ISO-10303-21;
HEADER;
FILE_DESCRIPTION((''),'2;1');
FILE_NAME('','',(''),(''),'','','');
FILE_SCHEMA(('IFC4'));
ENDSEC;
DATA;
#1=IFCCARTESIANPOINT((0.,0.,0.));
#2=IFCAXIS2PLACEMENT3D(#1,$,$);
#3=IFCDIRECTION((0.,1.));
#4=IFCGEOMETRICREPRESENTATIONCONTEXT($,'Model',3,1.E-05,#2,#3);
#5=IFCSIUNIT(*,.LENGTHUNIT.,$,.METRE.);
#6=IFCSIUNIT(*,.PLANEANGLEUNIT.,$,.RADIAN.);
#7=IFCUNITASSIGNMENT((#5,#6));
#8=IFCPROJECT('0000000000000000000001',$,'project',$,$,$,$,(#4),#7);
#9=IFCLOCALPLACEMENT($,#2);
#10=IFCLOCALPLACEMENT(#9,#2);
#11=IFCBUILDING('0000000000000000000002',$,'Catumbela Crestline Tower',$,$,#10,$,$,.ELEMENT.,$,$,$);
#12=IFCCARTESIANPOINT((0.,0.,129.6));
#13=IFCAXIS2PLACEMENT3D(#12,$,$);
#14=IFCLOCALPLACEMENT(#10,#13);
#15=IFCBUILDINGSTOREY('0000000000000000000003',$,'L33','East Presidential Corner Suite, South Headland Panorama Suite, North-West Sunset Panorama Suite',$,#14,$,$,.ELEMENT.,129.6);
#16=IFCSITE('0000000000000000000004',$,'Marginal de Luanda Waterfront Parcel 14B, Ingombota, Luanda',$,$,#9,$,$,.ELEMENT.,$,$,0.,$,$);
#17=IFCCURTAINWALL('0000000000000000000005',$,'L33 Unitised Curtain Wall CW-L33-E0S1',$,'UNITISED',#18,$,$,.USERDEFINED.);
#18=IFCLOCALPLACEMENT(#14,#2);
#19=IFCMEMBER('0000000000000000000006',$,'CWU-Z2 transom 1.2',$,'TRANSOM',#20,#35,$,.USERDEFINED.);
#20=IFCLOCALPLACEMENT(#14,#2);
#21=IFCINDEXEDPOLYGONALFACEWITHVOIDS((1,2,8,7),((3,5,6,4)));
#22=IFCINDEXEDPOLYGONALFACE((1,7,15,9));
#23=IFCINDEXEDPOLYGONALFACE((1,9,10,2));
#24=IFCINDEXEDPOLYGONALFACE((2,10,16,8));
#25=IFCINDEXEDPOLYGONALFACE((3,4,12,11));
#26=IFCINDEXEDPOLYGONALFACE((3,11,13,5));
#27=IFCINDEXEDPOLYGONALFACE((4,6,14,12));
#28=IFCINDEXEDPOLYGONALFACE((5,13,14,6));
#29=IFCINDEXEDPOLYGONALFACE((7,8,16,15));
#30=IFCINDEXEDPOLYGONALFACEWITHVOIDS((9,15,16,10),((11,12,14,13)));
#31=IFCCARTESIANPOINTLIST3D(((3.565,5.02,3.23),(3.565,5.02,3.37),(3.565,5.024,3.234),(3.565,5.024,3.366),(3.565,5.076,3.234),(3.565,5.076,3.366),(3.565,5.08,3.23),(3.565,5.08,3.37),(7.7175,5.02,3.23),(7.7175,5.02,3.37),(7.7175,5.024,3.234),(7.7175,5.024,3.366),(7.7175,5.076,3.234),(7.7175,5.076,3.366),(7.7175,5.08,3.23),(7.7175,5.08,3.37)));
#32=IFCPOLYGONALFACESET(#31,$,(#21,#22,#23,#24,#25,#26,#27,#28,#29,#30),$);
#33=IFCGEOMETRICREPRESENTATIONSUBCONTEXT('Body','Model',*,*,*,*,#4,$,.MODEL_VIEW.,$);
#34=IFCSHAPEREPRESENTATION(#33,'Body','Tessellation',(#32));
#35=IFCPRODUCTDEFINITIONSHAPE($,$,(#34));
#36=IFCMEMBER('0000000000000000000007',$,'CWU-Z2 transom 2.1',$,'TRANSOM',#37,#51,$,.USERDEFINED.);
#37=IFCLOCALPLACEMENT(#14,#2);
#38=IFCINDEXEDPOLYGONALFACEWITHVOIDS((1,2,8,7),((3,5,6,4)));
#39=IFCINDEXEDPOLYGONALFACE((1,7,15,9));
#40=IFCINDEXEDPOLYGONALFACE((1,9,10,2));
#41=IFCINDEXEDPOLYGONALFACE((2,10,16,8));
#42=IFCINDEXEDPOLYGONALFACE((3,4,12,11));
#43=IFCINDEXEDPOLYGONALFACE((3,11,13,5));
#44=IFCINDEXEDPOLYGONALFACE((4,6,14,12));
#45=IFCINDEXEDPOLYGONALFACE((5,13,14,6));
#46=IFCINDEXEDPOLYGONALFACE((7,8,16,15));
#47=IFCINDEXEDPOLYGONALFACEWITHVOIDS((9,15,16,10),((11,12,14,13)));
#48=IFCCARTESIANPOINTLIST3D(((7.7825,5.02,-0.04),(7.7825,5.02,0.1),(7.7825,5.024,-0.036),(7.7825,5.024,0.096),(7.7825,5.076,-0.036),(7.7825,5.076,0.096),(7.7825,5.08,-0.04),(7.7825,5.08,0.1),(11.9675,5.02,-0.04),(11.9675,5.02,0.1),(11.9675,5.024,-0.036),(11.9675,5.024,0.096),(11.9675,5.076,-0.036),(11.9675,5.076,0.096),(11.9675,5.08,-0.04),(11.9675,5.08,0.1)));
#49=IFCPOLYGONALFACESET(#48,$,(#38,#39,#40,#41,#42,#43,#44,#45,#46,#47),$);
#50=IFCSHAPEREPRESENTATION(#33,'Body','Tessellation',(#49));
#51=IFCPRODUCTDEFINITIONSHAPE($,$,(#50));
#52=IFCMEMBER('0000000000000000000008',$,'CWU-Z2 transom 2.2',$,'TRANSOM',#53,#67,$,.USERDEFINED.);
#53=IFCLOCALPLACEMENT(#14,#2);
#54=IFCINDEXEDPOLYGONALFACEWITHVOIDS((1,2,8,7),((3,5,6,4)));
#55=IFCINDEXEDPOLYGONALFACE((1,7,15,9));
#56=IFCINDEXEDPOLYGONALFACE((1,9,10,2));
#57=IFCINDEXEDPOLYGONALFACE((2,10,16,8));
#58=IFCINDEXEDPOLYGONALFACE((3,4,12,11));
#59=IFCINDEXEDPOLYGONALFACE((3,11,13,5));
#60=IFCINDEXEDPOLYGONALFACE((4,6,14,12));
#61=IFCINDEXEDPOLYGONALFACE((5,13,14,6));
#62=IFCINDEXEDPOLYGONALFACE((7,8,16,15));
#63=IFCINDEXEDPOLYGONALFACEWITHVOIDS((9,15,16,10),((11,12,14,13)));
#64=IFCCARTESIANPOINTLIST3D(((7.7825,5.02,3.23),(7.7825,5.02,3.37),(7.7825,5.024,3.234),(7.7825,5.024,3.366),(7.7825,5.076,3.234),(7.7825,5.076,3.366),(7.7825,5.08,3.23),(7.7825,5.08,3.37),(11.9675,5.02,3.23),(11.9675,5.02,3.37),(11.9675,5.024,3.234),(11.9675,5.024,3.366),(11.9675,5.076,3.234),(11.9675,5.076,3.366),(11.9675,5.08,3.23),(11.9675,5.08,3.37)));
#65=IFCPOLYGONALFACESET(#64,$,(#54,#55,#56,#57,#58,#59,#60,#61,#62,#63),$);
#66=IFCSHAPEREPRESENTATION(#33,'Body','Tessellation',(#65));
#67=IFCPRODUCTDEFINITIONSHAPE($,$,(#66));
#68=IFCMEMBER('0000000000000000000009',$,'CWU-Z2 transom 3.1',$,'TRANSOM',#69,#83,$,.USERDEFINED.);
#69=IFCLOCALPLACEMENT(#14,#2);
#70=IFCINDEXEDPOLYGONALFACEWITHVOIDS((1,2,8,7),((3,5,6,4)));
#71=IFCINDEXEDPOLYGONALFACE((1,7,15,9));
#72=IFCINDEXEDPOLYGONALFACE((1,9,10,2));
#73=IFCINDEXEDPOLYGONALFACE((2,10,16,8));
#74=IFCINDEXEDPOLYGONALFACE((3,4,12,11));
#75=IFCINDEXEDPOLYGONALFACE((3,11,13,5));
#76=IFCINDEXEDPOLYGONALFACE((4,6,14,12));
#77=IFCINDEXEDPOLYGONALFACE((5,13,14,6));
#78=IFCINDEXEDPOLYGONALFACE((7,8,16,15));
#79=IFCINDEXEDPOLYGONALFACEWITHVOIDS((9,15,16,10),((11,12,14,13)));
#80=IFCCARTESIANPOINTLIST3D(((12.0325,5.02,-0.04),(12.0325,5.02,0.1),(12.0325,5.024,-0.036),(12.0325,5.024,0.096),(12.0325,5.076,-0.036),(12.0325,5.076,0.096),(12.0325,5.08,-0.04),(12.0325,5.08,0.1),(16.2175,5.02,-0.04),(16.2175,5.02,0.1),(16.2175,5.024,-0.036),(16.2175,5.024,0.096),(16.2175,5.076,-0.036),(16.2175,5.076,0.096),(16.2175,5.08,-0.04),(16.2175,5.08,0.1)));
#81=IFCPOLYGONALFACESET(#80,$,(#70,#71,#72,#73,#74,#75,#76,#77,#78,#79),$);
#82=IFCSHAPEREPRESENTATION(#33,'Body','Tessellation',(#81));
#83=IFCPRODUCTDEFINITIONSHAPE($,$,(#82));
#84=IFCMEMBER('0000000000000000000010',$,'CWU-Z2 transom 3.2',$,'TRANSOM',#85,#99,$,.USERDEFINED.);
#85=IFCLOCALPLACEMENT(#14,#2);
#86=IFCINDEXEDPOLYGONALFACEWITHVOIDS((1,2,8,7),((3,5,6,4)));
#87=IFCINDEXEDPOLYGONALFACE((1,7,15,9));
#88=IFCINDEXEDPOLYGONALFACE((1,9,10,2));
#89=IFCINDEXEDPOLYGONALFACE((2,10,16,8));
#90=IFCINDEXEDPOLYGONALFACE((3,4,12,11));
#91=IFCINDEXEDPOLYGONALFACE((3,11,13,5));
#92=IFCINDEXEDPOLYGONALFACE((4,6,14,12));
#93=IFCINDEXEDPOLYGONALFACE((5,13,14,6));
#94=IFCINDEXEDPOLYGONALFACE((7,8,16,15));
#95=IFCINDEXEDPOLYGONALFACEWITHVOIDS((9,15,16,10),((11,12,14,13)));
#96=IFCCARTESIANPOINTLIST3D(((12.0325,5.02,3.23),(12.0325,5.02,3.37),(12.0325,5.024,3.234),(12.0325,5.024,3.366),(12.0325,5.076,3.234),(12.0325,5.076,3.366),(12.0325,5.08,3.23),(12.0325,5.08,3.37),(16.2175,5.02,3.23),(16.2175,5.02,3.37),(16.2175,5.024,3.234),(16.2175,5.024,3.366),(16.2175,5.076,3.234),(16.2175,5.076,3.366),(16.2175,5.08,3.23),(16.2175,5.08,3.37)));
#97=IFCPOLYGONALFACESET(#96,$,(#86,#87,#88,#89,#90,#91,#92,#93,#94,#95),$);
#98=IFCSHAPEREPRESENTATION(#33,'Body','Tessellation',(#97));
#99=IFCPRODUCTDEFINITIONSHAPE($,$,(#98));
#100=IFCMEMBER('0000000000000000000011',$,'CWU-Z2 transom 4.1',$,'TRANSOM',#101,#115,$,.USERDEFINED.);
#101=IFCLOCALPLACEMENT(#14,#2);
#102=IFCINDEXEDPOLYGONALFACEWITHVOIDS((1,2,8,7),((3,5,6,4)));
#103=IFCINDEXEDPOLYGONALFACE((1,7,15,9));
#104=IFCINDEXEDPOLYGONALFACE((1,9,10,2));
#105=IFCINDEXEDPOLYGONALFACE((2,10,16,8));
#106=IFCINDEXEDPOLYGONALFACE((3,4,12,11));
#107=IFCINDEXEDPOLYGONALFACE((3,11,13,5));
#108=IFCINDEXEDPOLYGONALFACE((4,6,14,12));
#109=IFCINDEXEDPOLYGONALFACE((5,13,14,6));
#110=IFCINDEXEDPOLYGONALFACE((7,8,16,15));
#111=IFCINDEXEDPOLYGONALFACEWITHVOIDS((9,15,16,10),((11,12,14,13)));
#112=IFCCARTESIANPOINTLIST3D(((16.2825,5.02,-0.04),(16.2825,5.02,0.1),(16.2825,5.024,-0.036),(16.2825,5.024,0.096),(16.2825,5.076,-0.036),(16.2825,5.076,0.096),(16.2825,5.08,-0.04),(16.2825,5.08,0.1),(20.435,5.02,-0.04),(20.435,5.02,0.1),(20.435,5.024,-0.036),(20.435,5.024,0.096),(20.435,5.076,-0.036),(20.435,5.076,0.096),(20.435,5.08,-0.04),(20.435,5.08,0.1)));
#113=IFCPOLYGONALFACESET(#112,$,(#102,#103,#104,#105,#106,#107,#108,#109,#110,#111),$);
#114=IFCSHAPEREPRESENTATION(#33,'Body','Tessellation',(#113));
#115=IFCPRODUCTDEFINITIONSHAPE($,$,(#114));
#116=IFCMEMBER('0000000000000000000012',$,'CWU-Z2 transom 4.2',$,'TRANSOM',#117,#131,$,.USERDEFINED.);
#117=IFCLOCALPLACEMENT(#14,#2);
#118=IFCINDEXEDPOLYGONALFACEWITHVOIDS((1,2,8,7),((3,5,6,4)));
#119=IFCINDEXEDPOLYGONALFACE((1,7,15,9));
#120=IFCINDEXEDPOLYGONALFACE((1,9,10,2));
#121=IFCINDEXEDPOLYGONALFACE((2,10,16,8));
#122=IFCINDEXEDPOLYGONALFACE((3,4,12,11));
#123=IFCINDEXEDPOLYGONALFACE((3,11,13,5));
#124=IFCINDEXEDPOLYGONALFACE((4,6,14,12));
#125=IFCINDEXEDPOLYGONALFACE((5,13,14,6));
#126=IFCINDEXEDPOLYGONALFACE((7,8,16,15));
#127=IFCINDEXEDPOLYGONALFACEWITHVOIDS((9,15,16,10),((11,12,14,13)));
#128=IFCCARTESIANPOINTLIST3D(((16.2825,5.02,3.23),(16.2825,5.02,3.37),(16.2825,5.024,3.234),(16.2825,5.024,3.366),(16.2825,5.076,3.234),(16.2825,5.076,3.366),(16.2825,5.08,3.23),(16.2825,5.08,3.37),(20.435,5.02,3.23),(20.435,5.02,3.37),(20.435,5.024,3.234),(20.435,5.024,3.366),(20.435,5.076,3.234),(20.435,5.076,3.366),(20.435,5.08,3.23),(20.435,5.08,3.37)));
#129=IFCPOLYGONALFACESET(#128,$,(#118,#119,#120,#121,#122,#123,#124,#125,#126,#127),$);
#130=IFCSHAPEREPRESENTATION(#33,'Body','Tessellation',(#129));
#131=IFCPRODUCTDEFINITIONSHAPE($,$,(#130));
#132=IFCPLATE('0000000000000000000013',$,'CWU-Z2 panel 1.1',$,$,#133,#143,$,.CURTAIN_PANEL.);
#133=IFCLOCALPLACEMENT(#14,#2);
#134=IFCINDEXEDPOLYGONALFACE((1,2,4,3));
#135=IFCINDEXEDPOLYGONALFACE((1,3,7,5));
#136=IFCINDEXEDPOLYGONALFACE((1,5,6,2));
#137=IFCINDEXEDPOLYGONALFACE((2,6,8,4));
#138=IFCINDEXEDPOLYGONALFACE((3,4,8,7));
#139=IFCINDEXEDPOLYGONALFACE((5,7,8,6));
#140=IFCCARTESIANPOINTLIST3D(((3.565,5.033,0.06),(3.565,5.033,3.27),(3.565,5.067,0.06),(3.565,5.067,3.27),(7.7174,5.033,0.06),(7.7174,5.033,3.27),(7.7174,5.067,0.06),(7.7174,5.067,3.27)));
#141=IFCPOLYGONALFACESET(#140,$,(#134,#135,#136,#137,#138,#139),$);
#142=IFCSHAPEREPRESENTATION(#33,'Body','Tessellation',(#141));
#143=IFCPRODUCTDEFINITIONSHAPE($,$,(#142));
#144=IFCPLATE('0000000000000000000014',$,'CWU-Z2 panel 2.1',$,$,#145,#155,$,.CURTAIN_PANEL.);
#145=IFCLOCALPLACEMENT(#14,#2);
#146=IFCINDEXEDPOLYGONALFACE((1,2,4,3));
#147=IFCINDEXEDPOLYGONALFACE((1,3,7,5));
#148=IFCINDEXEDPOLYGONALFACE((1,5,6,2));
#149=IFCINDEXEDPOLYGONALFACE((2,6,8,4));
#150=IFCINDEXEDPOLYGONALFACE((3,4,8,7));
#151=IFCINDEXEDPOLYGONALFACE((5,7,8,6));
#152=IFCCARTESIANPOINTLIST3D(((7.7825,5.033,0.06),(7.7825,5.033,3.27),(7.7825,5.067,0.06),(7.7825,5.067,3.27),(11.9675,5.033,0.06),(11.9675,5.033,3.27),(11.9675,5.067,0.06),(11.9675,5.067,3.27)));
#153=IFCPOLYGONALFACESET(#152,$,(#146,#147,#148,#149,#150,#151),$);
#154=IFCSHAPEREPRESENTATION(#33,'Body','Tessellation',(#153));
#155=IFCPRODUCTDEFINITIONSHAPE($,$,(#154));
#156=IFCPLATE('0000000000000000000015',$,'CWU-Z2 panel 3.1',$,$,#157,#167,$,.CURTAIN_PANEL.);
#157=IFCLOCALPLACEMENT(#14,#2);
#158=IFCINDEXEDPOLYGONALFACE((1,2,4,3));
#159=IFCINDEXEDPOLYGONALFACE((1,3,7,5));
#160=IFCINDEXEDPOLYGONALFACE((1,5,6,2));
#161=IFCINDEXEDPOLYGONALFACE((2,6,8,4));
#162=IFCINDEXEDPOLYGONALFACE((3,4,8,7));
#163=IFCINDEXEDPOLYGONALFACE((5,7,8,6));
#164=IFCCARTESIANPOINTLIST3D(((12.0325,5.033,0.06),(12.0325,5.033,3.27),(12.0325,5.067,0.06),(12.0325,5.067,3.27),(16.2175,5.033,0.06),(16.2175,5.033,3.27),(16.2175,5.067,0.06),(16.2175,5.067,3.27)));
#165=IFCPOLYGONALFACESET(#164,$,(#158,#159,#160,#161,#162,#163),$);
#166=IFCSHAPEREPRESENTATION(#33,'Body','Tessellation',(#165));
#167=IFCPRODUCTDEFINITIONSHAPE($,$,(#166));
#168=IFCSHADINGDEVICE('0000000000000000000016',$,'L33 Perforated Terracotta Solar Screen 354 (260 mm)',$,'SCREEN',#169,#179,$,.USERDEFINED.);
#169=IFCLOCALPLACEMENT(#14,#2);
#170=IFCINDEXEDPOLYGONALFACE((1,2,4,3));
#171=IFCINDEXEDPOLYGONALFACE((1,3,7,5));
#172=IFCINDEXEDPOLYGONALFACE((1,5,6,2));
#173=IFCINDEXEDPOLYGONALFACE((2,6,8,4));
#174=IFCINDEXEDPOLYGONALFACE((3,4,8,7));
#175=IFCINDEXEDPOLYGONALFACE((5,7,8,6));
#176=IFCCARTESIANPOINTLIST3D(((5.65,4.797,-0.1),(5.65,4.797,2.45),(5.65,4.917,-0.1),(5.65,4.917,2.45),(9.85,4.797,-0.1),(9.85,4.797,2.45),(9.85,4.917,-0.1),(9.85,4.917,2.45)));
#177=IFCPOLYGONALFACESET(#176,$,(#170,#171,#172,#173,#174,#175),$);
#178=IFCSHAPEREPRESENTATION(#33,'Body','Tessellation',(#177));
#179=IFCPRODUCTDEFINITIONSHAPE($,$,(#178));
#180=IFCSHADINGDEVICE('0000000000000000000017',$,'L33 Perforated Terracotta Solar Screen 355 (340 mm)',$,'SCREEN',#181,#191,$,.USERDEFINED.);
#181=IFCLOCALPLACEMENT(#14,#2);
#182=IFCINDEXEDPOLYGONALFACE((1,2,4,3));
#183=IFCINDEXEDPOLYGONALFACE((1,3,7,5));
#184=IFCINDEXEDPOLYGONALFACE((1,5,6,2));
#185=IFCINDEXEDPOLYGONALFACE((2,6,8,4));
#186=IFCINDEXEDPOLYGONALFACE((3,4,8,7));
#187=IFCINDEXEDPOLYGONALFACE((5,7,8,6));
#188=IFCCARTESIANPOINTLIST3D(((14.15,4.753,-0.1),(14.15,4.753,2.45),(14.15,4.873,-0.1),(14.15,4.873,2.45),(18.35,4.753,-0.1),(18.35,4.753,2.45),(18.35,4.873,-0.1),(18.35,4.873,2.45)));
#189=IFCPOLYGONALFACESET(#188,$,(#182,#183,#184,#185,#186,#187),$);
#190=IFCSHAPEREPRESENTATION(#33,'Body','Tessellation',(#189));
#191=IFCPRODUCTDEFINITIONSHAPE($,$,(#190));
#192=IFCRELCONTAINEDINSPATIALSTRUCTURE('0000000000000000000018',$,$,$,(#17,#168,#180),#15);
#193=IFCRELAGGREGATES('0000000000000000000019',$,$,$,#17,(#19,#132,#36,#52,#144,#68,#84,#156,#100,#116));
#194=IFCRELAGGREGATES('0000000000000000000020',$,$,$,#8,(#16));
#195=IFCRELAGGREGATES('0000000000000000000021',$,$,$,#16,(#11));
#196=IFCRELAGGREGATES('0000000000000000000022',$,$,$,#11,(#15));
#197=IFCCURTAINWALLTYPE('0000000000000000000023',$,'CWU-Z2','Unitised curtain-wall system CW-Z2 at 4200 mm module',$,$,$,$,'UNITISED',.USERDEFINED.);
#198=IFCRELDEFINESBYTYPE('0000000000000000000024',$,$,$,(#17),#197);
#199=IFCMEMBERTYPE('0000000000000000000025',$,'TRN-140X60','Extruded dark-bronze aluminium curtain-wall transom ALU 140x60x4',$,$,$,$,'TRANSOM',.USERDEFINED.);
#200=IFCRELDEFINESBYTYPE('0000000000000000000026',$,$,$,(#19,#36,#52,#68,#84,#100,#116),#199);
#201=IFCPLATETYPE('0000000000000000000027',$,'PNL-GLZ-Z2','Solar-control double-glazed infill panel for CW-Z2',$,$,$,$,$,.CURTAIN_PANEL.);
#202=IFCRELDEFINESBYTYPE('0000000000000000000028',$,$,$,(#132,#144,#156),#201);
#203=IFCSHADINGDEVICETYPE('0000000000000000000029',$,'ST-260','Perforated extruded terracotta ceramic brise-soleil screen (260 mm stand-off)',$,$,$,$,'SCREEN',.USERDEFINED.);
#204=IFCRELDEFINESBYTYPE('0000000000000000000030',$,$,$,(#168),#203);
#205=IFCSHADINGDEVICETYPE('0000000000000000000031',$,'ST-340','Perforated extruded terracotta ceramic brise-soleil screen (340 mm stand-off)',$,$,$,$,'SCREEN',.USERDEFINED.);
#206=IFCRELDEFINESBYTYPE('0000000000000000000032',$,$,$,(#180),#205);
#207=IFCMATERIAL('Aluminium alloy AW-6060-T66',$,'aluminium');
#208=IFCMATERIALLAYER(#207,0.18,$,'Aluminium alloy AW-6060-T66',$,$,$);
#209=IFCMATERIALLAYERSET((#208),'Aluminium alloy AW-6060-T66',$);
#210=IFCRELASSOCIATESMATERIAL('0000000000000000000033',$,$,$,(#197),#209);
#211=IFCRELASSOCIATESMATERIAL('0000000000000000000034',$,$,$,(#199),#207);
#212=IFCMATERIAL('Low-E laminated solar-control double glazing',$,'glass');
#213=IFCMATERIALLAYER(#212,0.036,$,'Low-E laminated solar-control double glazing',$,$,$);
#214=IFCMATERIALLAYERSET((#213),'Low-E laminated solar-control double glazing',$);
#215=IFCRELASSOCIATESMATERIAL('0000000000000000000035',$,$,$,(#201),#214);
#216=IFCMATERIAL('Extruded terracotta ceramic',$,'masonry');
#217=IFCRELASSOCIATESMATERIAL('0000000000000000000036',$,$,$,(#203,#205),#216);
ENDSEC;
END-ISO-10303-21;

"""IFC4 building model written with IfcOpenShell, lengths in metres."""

from ifc_helpers import new_model, si_unit, direction, frame, origin, origin_2d, place, context, subcontext, project, spatial, rectangle, hollow_rectangle, extrude, material, layer, layer_set, material_profile, profile_set, type_object, element, aggregate, save


model = new_model("IFC4")

# Units and contexts
model_context = context("Model", 3, precision=1e-05, world=origin(), true_north=direction((0.0, 1.0)))
body_context = subcontext(model_context, "Body", "Model", "MODEL_VIEW")
ifc_project = project(units=[si_unit("LENGTHUNIT", "METRE"), si_unit("PLANEANGLEUNIT", "RADIAN")], contexts=[model_context])

# Site, building, storey
site_placement = place(None, origin())
site = spatial("IfcSite", under=ifc_project, at=site_placement, Name="Marginal de Luanda Waterfront Parcel 14B, Ingombota, Luanda", CompositionType="ELEMENT", RefElevation=0.0)
building_placement = place(site_placement, origin())
building = spatial("IfcBuilding", under=site, at=building_placement, Name="Catumbela Crestline Tower", CompositionType="ELEMENT")
storey_placement = place(building_placement, frame((0.0, 0.0, 129.6)))
storey = spatial("IfcBuildingStorey", under=building, at=storey_placement, Name="L33", Description="East Presidential Corner Suite, South Headland Panorama Suite, North-West Sunset Panorama Suite", CompositionType="ELEMENT", Elevation=129.6)

# Curtain wall, members, plates
ifc_material_1 = material(Name="Aluminium alloy AW-6060-T66", Category="aluminium")
ifc_layer_1 = layer(ifc_material_1, 0.18, Name="Aluminium alloy AW-6060-T66")
ifc_layer_set_1 = layer_set([ifc_layer_1], Name="Aluminium alloy AW-6060-T66")
curtain_wall_type = type_object("IfcCurtainWallType", Name="CWU-Z2", Description="Unitised curtain-wall system CW-Z2 at 4200 mm module", ElementType="UNITISED", PredefinedType="USERDEFINED", material=ifc_layer_set_1)
curtain_wall_placement = place(storey_placement, origin())
curtain_wall = element("IfcCurtainWall", 1, at=curtain_wall_placement, inside=storey, type_object=curtain_wall_type, Name="L33 Unitised Curtain Wall CW-L33-E0S1", ObjectType="UNITISED", PredefinedType="USERDEFINED")
ifc_material_profile_1 = material_profile(ifc_material_1, hollow_rectangle(XDim=0.06, YDim=0.14, WallThickness=0.004, at=origin_2d()), Name="ALU 140x60x4")
ifc_profile_set_1 = profile_set([ifc_material_profile_1], Name="Aluminium alloy AW-6060-T66")
member_type_1 = type_object("IfcMemberType", Name="TRN-140X60", Description="Extruded dark-bronze aluminium curtain-wall transom ALU 140x60x4", ElementType="TRANSOM", PredefinedType="USERDEFINED", material=ifc_profile_set_1)
member_1_placement = place(storey_placement, frame((3.565, 5.05, 3.3), z_axis=(1.0, 0.0, 0.0), x_axis=(0.0, 1.0, 0.0)))
member_1 = element("IfcMember", 2, at=member_1_placement, type_object=member_type_1, Name="CWU-Z2 transom 1.2", ObjectType="TRANSOM", PredefinedType="USERDEFINED", context=body_context, shape_type="SweptSolid", body=[
    extrude(hollow_rectangle(XDim=0.06, YDim=0.14, WallThickness=0.004, at=origin_2d()), origin(), (0.0, 0.0, 1.0), 4.1525),
])
member_2_placement = place(storey_placement, frame((7.7825, 5.05, 0.03), z_axis=(1.0, 0.0, 0.0), x_axis=(0.0, 1.0, 0.0)))
member_2 = element("IfcMember", 3, at=member_2_placement, type_object=member_type_1, Name="CWU-Z2 transom 2.1", ObjectType="TRANSOM", PredefinedType="USERDEFINED", context=body_context, shape_type="SweptSolid", body=[
    extrude(hollow_rectangle(XDim=0.06, YDim=0.14, WallThickness=0.004, at=origin_2d()), origin(), (0.0, 0.0, 1.0), 4.185),
])
member_3_placement = place(storey_placement, frame((7.7825, 5.05, 3.3), z_axis=(1.0, 0.0, 0.0), x_axis=(0.0, 1.0, 0.0)))
member_3 = element("IfcMember", 4, at=member_3_placement, type_object=member_type_1, Name="CWU-Z2 transom 2.2", ObjectType="TRANSOM", PredefinedType="USERDEFINED", context=body_context, shape_type="SweptSolid", body=[
    extrude(hollow_rectangle(XDim=0.06, YDim=0.14, WallThickness=0.004, at=origin_2d()), origin(), (0.0, 0.0, 1.0), 4.185),
])
member_4_placement = place(storey_placement, frame((12.0325, 5.05, 0.03), z_axis=(1.0, 0.0, 0.0), x_axis=(0.0, 1.0, 0.0)))
member_4 = element("IfcMember", 5, at=member_4_placement, type_object=member_type_1, Name="CWU-Z2 transom 3.1", ObjectType="TRANSOM", PredefinedType="USERDEFINED", context=body_context, shape_type="SweptSolid", body=[
    extrude(hollow_rectangle(XDim=0.06, YDim=0.14, WallThickness=0.004, at=origin_2d()), origin(), (0.0, 0.0, 1.0), 4.185),
])
member_5_placement = place(storey_placement, frame((12.0325, 5.05, 3.3), z_axis=(1.0, 0.0, 0.0), x_axis=(0.0, 1.0, 0.0)))
member_5 = element("IfcMember", 6, at=member_5_placement, type_object=member_type_1, Name="CWU-Z2 transom 3.2", ObjectType="TRANSOM", PredefinedType="USERDEFINED", context=body_context, shape_type="SweptSolid", body=[
    extrude(hollow_rectangle(XDim=0.06, YDim=0.14, WallThickness=0.004, at=origin_2d()), origin(), (0.0, 0.0, 1.0), 4.185),
])
member_6_placement = place(storey_placement, frame((16.2825, 5.05, 0.03), z_axis=(1.0, 0.0, 0.0), x_axis=(0.0, 1.0, 0.0)))
member_6 = element("IfcMember", 7, at=member_6_placement, type_object=member_type_1, Name="CWU-Z2 transom 4.1", ObjectType="TRANSOM", PredefinedType="USERDEFINED", context=body_context, shape_type="SweptSolid", body=[
    extrude(hollow_rectangle(XDim=0.06, YDim=0.14, WallThickness=0.004, at=origin_2d()), origin(), (0.0, 0.0, 1.0), 4.1525),
])
member_7_placement = place(storey_placement, frame((16.2825, 5.05, 3.3), z_axis=(1.0, 0.0, 0.0), x_axis=(0.0, 1.0, 0.0)))
member_7 = element("IfcMember", 8, at=member_7_placement, type_object=member_type_1, Name="CWU-Z2 transom 4.2", ObjectType="TRANSOM", PredefinedType="USERDEFINED", context=body_context, shape_type="SweptSolid", body=[
    extrude(hollow_rectangle(XDim=0.06, YDim=0.14, WallThickness=0.004, at=origin_2d()), origin(), (0.0, 0.0, 1.0), 4.1525),
])
ifc_material_2 = material(Name="Low-E laminated solar-control double glazing", Category="glass")
ifc_layer_2 = layer(ifc_material_2, 0.036, Name="Low-E laminated solar-control double glazing")
ifc_layer_set_2 = layer_set([ifc_layer_2], Name="Low-E laminated solar-control double glazing")
plate_type = type_object("IfcPlateType", Name="PNL-GLZ-Z2", Description="Solar-control double-glazed infill panel for CW-Z2", PredefinedType="CURTAIN_PANEL", material=ifc_layer_set_2)
plate_1_placement = place(storey_placement, frame((5.6412, 5.05, 0.06), z_axis=(0.0, 0.0, 1.0), x_axis=(1.0, 0.0, 0.0)))
plate_1 = element("IfcPlate", 9, at=plate_1_placement, type_object=plate_type, Name="CWU-Z2 panel 1.1", PredefinedType="CURTAIN_PANEL", context=body_context, shape_type="SweptSolid", body=[
    extrude(rectangle(XDim=4.1525, YDim=0.034, at=origin_2d()), origin(), (0.0, 0.0, 1.0), 3.21),
])
plate_2_placement = place(storey_placement, frame((9.875, 5.05, 0.06), z_axis=(0.0, 0.0, 1.0), x_axis=(1.0, 0.0, 0.0)))
plate_2 = element("IfcPlate", 10, at=plate_2_placement, type_object=plate_type, Name="CWU-Z2 panel 2.1", PredefinedType="CURTAIN_PANEL", context=body_context, shape_type="SweptSolid", body=[
    extrude(rectangle(XDim=4.185, YDim=0.034, at=origin_2d()), origin(), (0.0, 0.0, 1.0), 3.21),
])
plate_3_placement = place(storey_placement, frame((14.125, 5.05, 0.06), z_axis=(0.0, 0.0, 1.0), x_axis=(1.0, 0.0, 0.0)))
plate_3 = element("IfcPlate", 11, at=plate_3_placement, type_object=plate_type, Name="CWU-Z2 panel 3.1", PredefinedType="CURTAIN_PANEL", context=body_context, shape_type="SweptSolid", body=[
    extrude(rectangle(XDim=4.185, YDim=0.034, at=origin_2d()), origin(), (0.0, 0.0, 1.0), 3.21),
])
aggregate(curtain_wall, [member_1, plate_1, member_2, member_3, plate_2, member_4, member_5, plate_3, member_6, member_7])

# Shading devices
ifc_material_3 = material(Name="Extruded terracotta ceramic", Category="masonry")
shading_device_type_1 = type_object("IfcShadingDeviceType", Name="ST-260", Description="Perforated extruded terracotta ceramic brise-soleil screen (260 mm stand-off)", ElementType="SCREEN", PredefinedType="USERDEFINED", material=ifc_material_3)
shading_device_1_placement = place(storey_placement, frame((7.75, 4.857, -0.1), z_axis=(0.0, 0.0, 1.0), x_axis=(1.0, 0.0, 0.0)))
element("IfcShadingDevice", 12, at=shading_device_1_placement, inside=storey, type_object=shading_device_type_1, Name="L33 Perforated Terracotta Solar Screen 354 (260 mm)", ObjectType="SCREEN", PredefinedType="USERDEFINED", context=body_context, shape_type="SweptSolid", body=[
    extrude(rectangle(XDim=4.2, YDim=0.12, at=origin_2d()), origin(), (0.0, 0.0, 1.0), 2.55),
])
shading_device_type_2 = type_object("IfcShadingDeviceType", Name="ST-340", Description="Perforated extruded terracotta ceramic brise-soleil screen (340 mm stand-off)", ElementType="SCREEN", PredefinedType="USERDEFINED", material=ifc_material_3)
shading_device_2_placement = place(storey_placement, frame((16.25, 4.813, -0.1), z_axis=(0.0, 0.0, 1.0), x_axis=(1.0, 0.0, 0.0)))
element("IfcShadingDevice", 13, at=shading_device_2_placement, inside=storey, type_object=shading_device_type_2, Name="L33 Perforated Terracotta Solar Screen 355 (340 mm)", ObjectType="SCREEN", PredefinedType="USERDEFINED", context=body_context, shape_type="SweptSolid", body=[
    extrude(rectangle(XDim=4.2, YDim=0.12, at=origin_2d()), origin(), (0.0, 0.0, 1.0), 2.55),
])

save(model, "model.ifc")
